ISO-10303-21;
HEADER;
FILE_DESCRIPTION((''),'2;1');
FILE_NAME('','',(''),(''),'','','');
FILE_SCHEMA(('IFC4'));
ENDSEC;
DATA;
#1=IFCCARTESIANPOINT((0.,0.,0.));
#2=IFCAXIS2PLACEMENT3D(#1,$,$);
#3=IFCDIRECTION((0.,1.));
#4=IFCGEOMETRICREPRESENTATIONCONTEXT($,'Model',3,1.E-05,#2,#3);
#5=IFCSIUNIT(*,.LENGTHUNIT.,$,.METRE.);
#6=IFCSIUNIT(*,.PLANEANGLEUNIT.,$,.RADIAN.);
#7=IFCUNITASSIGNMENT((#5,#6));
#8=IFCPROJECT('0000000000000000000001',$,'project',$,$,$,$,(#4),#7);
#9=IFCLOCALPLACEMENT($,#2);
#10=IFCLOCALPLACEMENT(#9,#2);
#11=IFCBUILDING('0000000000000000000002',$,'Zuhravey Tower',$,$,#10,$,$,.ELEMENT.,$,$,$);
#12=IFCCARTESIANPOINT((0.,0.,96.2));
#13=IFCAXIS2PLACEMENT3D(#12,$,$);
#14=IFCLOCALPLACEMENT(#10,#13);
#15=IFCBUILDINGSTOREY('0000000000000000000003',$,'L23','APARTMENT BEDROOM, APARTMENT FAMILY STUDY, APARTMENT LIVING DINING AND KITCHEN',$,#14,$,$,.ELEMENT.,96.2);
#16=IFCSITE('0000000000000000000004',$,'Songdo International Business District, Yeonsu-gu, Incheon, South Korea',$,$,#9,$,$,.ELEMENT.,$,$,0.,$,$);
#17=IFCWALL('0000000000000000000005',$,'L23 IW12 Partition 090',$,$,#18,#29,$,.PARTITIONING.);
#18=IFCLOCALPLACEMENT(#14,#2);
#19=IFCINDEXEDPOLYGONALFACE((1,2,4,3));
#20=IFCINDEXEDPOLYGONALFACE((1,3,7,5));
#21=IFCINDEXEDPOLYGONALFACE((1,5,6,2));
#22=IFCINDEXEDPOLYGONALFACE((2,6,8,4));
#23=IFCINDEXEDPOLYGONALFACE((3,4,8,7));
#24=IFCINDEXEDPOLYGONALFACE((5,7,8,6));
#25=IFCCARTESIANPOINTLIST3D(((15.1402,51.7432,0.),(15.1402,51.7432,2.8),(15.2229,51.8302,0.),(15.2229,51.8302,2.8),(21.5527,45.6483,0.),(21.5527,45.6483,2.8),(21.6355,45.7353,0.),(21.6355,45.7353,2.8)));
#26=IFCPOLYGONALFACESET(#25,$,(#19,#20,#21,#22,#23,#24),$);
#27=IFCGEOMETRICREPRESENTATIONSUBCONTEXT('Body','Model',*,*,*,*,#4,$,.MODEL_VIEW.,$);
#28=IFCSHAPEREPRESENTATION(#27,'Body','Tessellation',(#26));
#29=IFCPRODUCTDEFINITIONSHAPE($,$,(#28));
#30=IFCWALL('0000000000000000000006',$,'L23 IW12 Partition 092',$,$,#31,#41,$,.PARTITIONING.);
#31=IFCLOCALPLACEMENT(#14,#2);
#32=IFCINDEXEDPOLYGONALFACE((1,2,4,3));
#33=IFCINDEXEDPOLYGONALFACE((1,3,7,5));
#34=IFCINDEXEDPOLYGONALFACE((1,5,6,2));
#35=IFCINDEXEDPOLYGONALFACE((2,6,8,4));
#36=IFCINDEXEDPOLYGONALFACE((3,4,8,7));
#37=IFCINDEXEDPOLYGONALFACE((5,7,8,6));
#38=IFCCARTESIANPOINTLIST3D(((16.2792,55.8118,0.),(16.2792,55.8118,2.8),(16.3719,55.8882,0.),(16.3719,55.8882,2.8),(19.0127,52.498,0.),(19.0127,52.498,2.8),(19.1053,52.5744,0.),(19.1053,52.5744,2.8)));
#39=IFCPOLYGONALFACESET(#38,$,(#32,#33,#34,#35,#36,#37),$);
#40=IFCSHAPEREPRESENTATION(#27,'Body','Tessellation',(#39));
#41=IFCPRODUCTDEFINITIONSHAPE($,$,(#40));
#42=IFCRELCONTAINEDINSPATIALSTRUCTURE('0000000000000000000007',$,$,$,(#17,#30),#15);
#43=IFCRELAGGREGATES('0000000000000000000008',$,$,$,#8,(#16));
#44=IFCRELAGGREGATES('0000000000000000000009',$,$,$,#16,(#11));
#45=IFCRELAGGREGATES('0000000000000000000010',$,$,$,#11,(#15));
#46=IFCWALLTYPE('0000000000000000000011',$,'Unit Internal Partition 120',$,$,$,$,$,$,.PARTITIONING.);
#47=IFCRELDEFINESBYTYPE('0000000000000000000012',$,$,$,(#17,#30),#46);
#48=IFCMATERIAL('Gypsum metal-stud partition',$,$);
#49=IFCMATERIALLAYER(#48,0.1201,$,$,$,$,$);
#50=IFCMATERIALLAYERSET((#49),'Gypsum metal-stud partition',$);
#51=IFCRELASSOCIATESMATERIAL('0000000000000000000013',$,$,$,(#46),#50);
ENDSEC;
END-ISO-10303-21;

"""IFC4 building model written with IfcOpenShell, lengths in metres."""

from ifc_helpers import new_model, si_unit, direction, frame, frame_2d, origin, place, context, subcontext, project, spatial, rectangle, extrude, material, layer, layer_set, type_object, element, save


model = new_model("IFC4")

# Units and contexts
model_context = context("Model", 3, precision=1e-05, world=origin(), true_north=direction((0.0, 1.0)))
body_context = subcontext(model_context, "Body", "Model", "MODEL_VIEW")
ifc_project = project(units=[si_unit("LENGTHUNIT", "METRE"), si_unit("PLANEANGLEUNIT", "RADIAN")], contexts=[model_context])

# Site, building, storey
site_placement = place(None, origin())
site = spatial("IfcSite", under=ifc_project, at=site_placement, Name="Songdo International Business District, Yeonsu-gu, Incheon, South Korea", CompositionType="ELEMENT", RefElevation=0.0)
building_placement = place(site_placement, origin())
building = spatial("IfcBuilding", under=site, at=building_placement, Name="Zuhravey Tower", CompositionType="ELEMENT")
storey_placement = place(building_placement, frame((0.0, 0.0, 96.2)))
storey = spatial("IfcBuildingStorey", under=building, at=storey_placement, Name="L23", Description="APARTMENT BEDROOM, APARTMENT FAMILY STUDY, APARTMENT LIVING DINING AND KITCHEN", CompositionType="ELEMENT", Elevation=96.2)

# Shared definitions
ifc_material_1 = material(Name="Gypsum metal-stud partition")
ifc_layer_1 = layer(ifc_material_1, 0.1201)
ifc_layer_set_1 = layer_set([ifc_layer_1], Name="Gypsum metal-stud partition")
wall_type_1 = type_object("IfcWallType", Name="Unit Internal Partition 120", PredefinedType="PARTITIONING", material=ifc_layer_set_1)

# Walls
wall_1_placement = place(storey_placement, frame((21.594, 45.6919, 0.0), z_axis=(0.0, 0.0, 1.0), x_axis=(-0.72483, 0.688928, 0.0)))
element("IfcWall", 1, at=wall_1_placement, inside=storey, type_object=wall_type_1, Name="L23 IW12 Partition 090", PredefinedType="PARTITIONING", context=body_context, shape_type="SweptSolid", body=[
    extrude(rectangle(XDim=8.8469, YDim=0.1201, at=frame_2d((4.4233, 0.0))), origin(), (0.0, 0.0, 1.0), 2.8),
])
wall_2_placement = place(storey_placement, frame((19.0591, 52.5361, 0.0), z_axis=(0.0, 0.0, 1.0), x_axis=(-0.636325, 0.771421, 0.0)))
element("IfcWall", 2, at=wall_2_placement, inside=storey, type_object=wall_type_1, Name="L23 IW12 Partition 092", PredefinedType="PARTITIONING", context=body_context, shape_type="SweptSolid", body=[
    extrude(rectangle(XDim=4.2957, YDim=0.1201, at=frame_2d((2.1479, 0.0))), origin(), (0.0, 0.0, 1.0), 2.8),
])

save(model, "model.ifc")
